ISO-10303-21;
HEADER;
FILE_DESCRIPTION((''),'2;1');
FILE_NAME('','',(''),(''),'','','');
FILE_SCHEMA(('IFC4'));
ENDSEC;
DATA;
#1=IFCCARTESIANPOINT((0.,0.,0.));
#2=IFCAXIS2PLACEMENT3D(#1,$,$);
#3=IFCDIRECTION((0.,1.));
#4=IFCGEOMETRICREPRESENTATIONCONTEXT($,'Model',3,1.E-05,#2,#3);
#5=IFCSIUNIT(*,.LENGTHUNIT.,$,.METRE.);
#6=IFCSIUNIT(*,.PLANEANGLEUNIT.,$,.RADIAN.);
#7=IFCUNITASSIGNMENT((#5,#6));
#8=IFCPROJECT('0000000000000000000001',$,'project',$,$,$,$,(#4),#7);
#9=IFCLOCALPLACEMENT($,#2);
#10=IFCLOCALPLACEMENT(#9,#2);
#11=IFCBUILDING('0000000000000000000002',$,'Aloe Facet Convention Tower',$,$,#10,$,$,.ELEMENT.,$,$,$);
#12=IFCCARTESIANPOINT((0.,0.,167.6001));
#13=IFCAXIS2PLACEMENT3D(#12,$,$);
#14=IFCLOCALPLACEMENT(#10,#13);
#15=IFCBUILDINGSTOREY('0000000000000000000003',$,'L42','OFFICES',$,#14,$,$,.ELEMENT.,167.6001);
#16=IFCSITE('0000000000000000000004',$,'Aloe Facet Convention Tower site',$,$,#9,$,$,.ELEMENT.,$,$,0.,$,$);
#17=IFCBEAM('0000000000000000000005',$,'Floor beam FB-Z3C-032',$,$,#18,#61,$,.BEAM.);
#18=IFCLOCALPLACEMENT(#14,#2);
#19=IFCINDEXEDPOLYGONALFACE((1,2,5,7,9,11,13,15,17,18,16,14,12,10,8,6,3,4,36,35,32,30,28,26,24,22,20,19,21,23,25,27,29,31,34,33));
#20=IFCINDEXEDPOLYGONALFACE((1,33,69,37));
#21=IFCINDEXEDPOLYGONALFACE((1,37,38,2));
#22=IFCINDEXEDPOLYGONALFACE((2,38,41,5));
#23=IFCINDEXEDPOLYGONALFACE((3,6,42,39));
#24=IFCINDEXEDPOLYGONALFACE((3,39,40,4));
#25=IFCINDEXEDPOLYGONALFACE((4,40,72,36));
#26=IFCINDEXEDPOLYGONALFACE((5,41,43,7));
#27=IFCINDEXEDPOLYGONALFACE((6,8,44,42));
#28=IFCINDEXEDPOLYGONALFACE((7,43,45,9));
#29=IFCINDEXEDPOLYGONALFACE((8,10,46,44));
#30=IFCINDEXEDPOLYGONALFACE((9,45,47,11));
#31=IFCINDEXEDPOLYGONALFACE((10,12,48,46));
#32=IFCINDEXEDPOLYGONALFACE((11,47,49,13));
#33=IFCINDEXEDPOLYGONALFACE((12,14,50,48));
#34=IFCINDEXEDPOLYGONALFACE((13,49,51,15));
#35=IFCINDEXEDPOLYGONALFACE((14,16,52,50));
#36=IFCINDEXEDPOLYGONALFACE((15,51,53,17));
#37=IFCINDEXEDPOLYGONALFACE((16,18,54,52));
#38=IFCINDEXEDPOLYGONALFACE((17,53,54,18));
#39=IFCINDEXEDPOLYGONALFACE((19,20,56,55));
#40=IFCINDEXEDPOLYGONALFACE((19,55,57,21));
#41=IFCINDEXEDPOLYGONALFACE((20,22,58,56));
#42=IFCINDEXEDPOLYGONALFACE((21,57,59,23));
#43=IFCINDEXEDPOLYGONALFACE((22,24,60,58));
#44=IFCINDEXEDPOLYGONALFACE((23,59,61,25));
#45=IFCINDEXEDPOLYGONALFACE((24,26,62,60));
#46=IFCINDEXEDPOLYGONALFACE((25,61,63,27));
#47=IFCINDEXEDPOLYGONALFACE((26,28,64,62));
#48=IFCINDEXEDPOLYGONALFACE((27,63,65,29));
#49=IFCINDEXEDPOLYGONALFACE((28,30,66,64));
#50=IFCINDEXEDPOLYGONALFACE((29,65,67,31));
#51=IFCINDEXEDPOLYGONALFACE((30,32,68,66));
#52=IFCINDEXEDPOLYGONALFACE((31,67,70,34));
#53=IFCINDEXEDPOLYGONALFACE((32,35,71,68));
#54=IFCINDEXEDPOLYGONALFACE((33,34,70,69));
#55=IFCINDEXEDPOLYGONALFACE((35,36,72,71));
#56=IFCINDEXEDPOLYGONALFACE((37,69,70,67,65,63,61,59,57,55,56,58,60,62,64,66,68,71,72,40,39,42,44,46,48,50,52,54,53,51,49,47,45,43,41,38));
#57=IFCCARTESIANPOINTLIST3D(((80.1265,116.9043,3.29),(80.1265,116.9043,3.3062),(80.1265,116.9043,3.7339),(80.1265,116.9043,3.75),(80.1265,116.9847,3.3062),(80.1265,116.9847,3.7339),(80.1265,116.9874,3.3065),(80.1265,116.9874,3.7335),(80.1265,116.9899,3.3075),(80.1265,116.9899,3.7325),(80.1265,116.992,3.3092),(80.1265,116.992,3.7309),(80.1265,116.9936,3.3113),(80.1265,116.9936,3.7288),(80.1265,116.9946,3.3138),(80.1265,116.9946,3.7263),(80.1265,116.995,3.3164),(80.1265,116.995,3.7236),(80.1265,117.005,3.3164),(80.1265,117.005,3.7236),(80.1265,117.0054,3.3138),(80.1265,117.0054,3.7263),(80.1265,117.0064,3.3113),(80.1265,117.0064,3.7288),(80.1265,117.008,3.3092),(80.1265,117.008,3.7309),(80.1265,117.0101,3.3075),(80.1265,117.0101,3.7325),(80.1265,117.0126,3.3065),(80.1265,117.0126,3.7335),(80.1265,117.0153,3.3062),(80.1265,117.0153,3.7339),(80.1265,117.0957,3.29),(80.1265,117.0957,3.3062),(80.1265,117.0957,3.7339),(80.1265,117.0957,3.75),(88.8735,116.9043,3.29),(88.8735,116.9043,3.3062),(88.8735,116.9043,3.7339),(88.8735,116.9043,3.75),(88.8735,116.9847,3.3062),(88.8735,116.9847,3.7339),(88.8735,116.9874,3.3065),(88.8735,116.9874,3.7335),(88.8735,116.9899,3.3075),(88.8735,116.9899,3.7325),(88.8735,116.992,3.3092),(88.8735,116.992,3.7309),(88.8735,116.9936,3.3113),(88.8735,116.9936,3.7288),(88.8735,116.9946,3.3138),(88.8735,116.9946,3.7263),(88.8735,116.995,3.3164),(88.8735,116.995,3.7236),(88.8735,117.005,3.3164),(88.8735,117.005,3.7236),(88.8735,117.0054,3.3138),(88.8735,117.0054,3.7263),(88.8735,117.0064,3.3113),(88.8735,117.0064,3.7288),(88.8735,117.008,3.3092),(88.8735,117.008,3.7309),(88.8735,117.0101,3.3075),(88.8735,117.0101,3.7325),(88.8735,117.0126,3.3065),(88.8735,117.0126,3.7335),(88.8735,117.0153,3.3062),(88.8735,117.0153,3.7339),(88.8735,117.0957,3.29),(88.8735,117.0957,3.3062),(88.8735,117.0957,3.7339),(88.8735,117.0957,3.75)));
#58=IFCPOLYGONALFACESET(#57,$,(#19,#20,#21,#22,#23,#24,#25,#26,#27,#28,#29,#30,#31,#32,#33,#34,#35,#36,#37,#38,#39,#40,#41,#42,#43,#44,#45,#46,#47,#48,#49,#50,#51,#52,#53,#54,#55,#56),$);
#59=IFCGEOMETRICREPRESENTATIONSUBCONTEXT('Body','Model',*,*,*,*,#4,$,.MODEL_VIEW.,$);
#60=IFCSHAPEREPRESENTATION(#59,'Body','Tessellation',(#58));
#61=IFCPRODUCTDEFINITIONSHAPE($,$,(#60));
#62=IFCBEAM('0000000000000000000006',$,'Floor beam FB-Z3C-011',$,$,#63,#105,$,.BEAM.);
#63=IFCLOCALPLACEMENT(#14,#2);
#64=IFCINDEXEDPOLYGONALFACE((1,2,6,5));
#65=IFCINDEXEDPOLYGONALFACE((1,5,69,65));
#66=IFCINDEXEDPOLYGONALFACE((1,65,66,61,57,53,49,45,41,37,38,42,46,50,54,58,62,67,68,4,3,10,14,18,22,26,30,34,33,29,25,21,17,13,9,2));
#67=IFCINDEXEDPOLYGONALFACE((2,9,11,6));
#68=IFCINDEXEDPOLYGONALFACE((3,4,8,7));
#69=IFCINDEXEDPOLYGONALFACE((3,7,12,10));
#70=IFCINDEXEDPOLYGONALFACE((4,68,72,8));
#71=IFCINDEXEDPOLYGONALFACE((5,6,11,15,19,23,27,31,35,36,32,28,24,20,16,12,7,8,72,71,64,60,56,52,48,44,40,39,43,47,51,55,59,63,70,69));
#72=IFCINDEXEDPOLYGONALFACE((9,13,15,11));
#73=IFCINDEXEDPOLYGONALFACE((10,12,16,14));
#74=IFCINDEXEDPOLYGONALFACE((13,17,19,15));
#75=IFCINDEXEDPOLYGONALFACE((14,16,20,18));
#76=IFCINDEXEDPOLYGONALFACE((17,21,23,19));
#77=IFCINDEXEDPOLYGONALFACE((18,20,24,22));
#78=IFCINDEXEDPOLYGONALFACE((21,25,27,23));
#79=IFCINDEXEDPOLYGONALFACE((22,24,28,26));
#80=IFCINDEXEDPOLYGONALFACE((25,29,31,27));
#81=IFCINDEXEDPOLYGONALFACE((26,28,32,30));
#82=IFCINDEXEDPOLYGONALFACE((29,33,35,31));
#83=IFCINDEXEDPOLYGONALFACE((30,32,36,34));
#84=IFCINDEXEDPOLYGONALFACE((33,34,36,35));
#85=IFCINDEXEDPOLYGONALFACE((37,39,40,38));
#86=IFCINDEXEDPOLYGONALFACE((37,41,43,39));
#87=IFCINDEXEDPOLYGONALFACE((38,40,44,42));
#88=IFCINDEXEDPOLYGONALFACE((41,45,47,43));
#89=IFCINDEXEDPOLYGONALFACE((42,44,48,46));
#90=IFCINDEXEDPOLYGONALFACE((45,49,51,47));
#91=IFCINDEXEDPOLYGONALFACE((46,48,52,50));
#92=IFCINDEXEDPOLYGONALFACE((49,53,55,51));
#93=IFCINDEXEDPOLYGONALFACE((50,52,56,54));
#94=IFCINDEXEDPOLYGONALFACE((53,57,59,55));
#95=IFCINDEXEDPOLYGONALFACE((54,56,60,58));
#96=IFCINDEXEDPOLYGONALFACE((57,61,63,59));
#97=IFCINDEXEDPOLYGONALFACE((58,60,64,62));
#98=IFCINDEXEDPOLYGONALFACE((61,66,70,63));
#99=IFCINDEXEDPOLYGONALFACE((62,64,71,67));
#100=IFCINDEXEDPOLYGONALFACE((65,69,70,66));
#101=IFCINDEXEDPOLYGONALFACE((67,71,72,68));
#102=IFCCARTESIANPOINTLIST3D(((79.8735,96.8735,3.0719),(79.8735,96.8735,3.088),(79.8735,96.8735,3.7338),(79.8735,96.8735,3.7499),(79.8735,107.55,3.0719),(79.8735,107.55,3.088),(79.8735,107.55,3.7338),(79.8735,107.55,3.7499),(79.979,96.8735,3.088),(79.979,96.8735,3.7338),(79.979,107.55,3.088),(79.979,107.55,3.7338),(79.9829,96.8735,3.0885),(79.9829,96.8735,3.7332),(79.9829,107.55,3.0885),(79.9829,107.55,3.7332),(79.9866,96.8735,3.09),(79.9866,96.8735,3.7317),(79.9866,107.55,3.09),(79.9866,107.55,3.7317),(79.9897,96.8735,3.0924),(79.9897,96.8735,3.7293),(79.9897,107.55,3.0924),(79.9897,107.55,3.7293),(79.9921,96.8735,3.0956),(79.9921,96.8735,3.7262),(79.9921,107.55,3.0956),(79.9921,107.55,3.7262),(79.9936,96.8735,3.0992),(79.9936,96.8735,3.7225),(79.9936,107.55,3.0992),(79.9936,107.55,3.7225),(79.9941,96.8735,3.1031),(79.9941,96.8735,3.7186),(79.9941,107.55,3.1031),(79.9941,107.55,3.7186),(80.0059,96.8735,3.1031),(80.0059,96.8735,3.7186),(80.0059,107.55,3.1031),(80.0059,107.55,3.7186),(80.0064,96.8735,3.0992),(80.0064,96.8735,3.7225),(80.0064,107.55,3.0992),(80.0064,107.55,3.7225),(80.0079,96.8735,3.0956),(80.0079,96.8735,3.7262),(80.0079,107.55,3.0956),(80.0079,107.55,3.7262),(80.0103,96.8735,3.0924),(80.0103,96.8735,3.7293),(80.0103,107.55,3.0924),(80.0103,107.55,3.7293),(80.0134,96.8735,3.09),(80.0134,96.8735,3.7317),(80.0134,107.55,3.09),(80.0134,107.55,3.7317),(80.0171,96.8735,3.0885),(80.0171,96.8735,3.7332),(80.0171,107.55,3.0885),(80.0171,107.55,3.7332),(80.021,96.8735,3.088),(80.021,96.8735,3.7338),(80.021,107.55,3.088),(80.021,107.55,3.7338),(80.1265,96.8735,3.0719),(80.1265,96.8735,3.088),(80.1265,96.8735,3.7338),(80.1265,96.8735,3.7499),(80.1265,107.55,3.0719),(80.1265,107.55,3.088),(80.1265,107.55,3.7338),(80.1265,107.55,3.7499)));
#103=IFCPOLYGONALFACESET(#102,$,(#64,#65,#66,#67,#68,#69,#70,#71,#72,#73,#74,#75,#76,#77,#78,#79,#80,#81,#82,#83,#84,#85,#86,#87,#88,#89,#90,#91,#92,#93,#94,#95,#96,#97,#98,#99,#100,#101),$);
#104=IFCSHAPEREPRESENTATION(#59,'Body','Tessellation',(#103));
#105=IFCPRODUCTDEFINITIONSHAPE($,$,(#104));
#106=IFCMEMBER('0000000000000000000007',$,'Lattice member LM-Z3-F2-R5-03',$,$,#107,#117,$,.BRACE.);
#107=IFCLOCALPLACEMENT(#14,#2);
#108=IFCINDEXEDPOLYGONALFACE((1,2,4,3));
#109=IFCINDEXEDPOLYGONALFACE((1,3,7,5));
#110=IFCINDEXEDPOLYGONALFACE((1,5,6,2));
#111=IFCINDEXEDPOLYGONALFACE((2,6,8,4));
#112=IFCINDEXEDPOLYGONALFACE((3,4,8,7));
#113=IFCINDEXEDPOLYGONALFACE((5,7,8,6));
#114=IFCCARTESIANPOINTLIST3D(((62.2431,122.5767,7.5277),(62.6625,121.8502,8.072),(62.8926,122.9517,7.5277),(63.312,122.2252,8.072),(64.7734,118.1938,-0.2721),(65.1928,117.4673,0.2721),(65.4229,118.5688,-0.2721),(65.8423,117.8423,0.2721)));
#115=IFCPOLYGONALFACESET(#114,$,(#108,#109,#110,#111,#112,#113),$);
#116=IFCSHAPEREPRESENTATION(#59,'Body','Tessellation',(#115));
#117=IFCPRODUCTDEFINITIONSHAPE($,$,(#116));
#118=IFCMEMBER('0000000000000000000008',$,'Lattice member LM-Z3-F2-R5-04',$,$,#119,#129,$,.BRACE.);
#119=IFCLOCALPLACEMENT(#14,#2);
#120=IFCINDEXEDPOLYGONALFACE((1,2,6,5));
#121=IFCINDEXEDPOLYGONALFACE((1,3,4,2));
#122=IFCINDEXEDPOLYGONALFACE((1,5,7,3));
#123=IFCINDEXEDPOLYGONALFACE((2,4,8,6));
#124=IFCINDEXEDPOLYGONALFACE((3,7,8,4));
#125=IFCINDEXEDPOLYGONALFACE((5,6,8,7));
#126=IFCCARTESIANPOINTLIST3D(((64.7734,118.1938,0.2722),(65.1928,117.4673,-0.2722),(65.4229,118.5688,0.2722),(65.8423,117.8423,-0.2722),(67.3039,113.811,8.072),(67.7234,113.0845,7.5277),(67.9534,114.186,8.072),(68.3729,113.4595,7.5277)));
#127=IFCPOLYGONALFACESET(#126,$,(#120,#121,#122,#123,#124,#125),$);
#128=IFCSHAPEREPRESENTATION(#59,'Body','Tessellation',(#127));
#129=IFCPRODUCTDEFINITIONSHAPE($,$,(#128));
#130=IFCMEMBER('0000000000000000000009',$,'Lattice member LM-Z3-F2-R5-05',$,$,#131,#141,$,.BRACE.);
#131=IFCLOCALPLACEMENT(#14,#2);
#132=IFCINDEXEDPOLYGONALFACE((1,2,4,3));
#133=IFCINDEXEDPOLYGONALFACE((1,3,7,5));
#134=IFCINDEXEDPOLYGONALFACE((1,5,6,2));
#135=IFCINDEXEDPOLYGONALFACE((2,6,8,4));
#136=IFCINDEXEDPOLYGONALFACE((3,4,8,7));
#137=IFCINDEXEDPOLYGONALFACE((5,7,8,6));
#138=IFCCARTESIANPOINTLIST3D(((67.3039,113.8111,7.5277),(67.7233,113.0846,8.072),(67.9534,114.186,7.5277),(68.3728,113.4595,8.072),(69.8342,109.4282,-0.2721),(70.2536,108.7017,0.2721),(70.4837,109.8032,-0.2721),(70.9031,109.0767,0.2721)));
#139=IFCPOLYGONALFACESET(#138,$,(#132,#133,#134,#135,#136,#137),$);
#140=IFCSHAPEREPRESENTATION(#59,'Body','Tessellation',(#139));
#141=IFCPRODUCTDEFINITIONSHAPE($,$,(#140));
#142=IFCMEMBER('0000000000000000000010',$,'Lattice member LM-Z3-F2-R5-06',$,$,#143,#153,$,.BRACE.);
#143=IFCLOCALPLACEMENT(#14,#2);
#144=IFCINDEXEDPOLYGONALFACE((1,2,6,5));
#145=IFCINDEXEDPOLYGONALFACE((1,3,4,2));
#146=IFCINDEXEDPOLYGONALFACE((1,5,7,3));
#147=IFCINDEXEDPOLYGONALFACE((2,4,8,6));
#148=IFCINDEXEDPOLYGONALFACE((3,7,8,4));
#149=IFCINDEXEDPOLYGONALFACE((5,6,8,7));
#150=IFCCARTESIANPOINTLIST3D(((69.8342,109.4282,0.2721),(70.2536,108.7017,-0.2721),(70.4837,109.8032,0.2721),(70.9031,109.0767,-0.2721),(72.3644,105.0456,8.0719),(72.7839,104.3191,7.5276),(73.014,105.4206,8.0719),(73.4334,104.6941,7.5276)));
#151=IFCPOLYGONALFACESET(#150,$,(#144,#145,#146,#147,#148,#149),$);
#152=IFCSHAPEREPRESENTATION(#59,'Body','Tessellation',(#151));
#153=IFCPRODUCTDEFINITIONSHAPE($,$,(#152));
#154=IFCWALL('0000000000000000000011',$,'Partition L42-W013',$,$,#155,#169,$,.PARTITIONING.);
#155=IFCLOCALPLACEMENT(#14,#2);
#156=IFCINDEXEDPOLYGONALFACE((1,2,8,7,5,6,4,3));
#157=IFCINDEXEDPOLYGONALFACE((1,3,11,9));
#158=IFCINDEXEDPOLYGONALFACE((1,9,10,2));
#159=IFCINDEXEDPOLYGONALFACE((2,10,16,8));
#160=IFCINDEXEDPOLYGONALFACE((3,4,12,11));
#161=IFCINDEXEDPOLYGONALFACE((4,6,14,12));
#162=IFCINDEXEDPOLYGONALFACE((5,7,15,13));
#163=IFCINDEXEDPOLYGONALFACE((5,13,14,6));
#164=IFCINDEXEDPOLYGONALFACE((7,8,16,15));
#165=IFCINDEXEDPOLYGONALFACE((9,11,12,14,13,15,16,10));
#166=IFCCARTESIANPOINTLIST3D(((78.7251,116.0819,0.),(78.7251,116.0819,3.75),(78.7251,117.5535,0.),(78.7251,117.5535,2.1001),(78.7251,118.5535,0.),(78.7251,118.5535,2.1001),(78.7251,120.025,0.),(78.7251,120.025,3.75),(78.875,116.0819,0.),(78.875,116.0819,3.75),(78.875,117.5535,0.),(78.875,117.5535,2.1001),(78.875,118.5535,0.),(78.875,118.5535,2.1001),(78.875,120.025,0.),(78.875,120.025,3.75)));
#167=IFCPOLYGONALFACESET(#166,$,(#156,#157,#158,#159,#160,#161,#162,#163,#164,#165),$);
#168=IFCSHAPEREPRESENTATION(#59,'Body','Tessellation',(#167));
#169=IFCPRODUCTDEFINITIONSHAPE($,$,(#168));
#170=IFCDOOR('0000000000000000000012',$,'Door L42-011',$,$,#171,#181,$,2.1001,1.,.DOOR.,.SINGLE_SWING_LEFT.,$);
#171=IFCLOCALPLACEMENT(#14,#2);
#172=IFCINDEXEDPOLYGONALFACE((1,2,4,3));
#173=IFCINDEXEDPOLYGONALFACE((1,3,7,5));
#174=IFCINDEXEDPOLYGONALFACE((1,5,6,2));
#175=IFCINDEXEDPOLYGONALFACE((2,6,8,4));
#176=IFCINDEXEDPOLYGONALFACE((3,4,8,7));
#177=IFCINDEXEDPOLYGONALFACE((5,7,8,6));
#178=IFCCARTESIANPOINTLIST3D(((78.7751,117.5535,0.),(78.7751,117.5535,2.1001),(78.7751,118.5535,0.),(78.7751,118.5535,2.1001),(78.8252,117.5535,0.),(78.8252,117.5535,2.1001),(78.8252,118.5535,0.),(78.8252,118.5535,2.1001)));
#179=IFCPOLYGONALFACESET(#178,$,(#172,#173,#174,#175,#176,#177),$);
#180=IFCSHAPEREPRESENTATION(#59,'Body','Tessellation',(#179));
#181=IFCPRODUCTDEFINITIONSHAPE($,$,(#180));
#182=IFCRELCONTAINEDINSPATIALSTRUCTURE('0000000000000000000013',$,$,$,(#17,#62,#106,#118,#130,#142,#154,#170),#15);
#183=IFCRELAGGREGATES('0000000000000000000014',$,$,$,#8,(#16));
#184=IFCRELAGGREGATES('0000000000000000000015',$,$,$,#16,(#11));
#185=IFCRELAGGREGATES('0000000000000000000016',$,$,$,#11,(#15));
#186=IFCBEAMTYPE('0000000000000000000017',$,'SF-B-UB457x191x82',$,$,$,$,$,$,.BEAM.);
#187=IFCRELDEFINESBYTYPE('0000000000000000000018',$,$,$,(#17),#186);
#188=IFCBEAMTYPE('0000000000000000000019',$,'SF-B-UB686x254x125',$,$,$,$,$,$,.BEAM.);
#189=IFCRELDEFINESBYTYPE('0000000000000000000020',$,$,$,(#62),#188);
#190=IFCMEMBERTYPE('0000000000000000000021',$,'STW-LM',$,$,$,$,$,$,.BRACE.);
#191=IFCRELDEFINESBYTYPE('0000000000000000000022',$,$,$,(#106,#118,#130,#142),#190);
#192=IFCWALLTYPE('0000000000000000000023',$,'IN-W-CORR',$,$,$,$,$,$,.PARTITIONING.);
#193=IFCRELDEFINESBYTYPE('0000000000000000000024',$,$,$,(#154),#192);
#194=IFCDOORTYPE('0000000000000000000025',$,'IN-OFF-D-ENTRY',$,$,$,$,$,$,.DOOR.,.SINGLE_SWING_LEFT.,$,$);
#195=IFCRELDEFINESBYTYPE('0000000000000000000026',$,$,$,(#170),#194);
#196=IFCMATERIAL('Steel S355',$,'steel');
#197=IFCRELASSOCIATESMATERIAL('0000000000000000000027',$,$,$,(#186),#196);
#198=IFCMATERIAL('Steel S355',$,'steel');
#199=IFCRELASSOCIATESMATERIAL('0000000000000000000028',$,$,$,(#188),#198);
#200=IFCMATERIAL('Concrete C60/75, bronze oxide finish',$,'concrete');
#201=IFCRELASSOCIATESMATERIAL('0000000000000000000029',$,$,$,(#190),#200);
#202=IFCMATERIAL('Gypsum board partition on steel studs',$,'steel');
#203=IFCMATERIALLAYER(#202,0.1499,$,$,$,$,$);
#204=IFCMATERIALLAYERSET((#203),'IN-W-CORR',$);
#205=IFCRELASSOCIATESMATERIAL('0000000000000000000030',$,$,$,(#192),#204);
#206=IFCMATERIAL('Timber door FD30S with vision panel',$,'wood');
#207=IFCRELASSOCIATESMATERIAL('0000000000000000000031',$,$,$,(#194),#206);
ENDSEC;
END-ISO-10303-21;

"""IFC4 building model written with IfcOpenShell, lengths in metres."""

from ifc_helpers import new_model, si_unit, direction, frame, frame_2d, origin, origin_2d, place, context, subcontext, project, spatial, rectangle, i_section, extrude, material, layer, layer_set, material_profile, profile_set, type_object, element, fill, save


model = new_model("IFC4")

# Units and contexts
model_context = context("Model", 3, precision=1e-05, world=origin(), true_north=direction((0.0, 1.0)))
body_context = subcontext(model_context, "Body", "Model", "MODEL_VIEW")
ifc_project = project(units=[si_unit("LENGTHUNIT", "METRE"), si_unit("PLANEANGLEUNIT", "RADIAN")], contexts=[model_context])

# Site, building, storey
site_placement = place(None, origin())
site = spatial("IfcSite", under=ifc_project, at=site_placement, Name="Aloe Facet Convention Tower site", CompositionType="ELEMENT", RefElevation=0.0)
building_placement = place(site_placement, origin())
building = spatial("IfcBuilding", under=site, at=building_placement, Name="Aloe Facet Convention Tower", CompositionType="ELEMENT")
storey_placement = place(building_placement, frame((0.0, 0.0, 167.6001)))
storey = spatial("IfcBuildingStorey", under=building, at=storey_placement, Name="L42", Description="OFFICES", CompositionType="ELEMENT", Elevation=167.6001)

# Beams
ifc_material_1 = material(Name="Steel S355", Category="steel")
ifc_material_profile_1 = material_profile(ifc_material_1, i_section(OverallWidth=0.1914, OverallDepth=0.46, WebThickness=0.01, FlangeThickness=0.0161, FilletRadius=0.0103, at=origin_2d()), Name="UB 457x191x82")
ifc_profile_set_1 = profile_set([ifc_material_profile_1], Name="Steel S355")
beam_type_1 = type_object("IfcBeamType", Name="SF-B-UB457x191x82", PredefinedType="BEAM", material=ifc_profile_set_1)
for number, where, z_axis, x_axis, name in (
    (1, (80.1265, 117.0, 3.52), (1.0, 0.0, 0.0), (0.0, 1.0, 0.0), "Floor beam FB-Z3C-032"),
):
    element("IfcBeam", number, at=place(storey_placement, frame(where, z_axis=z_axis, x_axis=x_axis)), inside=storey, type_object=beam_type_1, Name=name, PredefinedType="BEAM", context=body_context, shape_type="SweptSolid", body=[
        extrude(i_section(OverallWidth=0.1914, OverallDepth=0.46, WebThickness=0.01, FlangeThickness=0.0161, FilletRadius=0.0103, at=origin_2d()), origin(), (0.0, 0.0, 1.0), 8.7471),
    ])
ifc_material_2 = material(Name="Steel S355", Category="steel")
ifc_material_profile_2 = material_profile(ifc_material_2, i_section(OverallWidth=0.2529, OverallDepth=0.678, WebThickness=0.0117, FlangeThickness=0.0161, FilletRadius=0.0151, at=origin_2d()), Name="UB 686x254x125")
ifc_profile_set_2 = profile_set([ifc_material_profile_2], Name="Steel S355")
beam_type_2 = type_object("IfcBeamType", Name="SF-B-UB686x254x125", PredefinedType="BEAM", material=ifc_profile_set_2)
beam_1_placement = place(storey_placement, frame((80.0, 107.55, 3.4109), z_axis=(0.0, -1.0, 0.0), x_axis=(1.0, 0.0, 0.0)))
element("IfcBeam", 2, at=beam_1_placement, inside=storey, type_object=beam_type_2, Name="Floor beam FB-Z3C-011", PredefinedType="BEAM", context=body_context, shape_type="SweptSolid", body=[
    extrude(i_section(OverallWidth=0.2529, OverallDepth=0.678, WebThickness=0.0117, FlangeThickness=0.0161, FilletRadius=0.0151, at=origin_2d()), origin(), (0.0, 0.0, 1.0), 10.6765),
])

# Members
ifc_material_3 = material(Name="Concrete C60/75, bronze oxide finish", Category="concrete")
ifc_material_profile_3 = material_profile(ifc_material_3, rectangle(XDim=0.75, YDim=1.0, at=origin_2d()), Name="STW-LM")
ifc_profile_set_3 = profile_set([ifc_material_profile_3], Name="Concrete C60/75, bronze oxide finish")
member_type = type_object("IfcMemberType", Name="STW-LM", PredefinedType="BRACE", material=ifc_profile_set_3)
for number, where, z_axis, x_axis, name in (
    (3, (65.3079, 118.0181, 0.0), (-0.272138, 0.471384, 0.838891), (-0.866038, -0.499979, 0.0), "Lattice member LM-Z3-F2-R5-03"),
    (4, (65.3079, 118.0181, 0.0), (0.272162, -0.47138, 0.838885), (0.866017, 0.500015, 0.0), "Lattice member LM-Z3-F2-R5-04"),
    (5, (70.3687, 109.2524, 0.0), (-0.272138, 0.471384, 0.838891), (-0.866038, -0.499979, 0.0), "Lattice member LM-Z3-F2-R5-05"),
):
    element("IfcMember", number, at=place(storey_placement, frame(where, z_axis=z_axis, x_axis=x_axis)), inside=storey, type_object=member_type, Name=name, PredefinedType="BRACE", context=body_context, shape_type="SweptSolid", body=[
        extrude(rectangle(XDim=0.75, YDim=1.0, at=origin_2d()), origin(), (0.0, 0.0, 1.0), 9.2979),
    ])
member_placement = place(storey_placement, frame((70.3687, 109.2524, 0.0), z_axis=(0.272141, -0.471363, 0.838901), x_axis=(0.866026, 0.499999, 0.0)))
element("IfcMember", 6, at=member_placement, inside=storey, type_object=member_type, Name="Lattice member LM-Z3-F2-R5-06", PredefinedType="BRACE", context=body_context, shape_type="SweptSolid", body=[
    extrude(rectangle(XDim=0.75, YDim=1.0, at=origin_2d()), origin(), (0.0, 0.0, 1.0), 9.2976),
])

# Wall, opening, door
ifc_material_4 = material(Name="Gypsum board partition on steel studs", Category="steel")
ifc_layer_1 = layer(ifc_material_4, 0.1499)
ifc_layer_set_1 = layer_set([ifc_layer_1], Name="IN-W-CORR")
wall_type_1 = type_object("IfcWallType", Name="IN-W-CORR", PredefinedType="PARTITIONING", material=ifc_layer_set_1)
wall_1_placement = place(storey_placement, frame((78.8, 116.0818, 0.0), z_axis=(0.0, 0.0, 1.0), x_axis=(0.0, 1.0, 0.0)))
wall_1 = element("IfcWall", 7, at=wall_1_placement, inside=storey, type_object=wall_type_1, Name="Partition L42-W013", PredefinedType="PARTITIONING", context=body_context, shape_type="SweptSolid", body=[
    extrude(rectangle(XDim=3.9431, YDim=0.1499, at=frame_2d((1.9717, 0.0))), origin(), (0.0, 0.0, 1.0), 3.75),
])
opening_1_placement = place(wall_1_placement, frame((1.4717, 0.0, 0.0)))
opening_1 = element("IfcOpeningElement", 8, at=opening_1_placement, cuts=wall_1, PredefinedType="OPENING", context=body_context, shape_type="SweptSolid", body=[
    extrude(rectangle(XDim=1.0, YDim=2.1001, at=frame_2d((0.5, 1.05))), frame((0.0, 0.085, 0.0), z_axis=(0.0, -1.0, 0.0), x_axis=(1.0, 0.0, 0.0)), (0.0, 0.0, 1.0), 0.1699),
])
ifc_material_5 = material(Name="Timber door FD30S with vision panel", Category="wood")
door_type_1 = type_object("IfcDoorType", Name="IN-OFF-D-ENTRY", OperationType="SINGLE_SWING_LEFT", PredefinedType="DOOR", material=ifc_material_5)
door_1_placement = place(opening_1_placement, origin())
door_1 = element("IfcDoor", 9, at=door_1_placement, inside=storey, type_object=door_type_1, Name="Door L42-011", OperationType="SINGLE_SWING_LEFT", OverallHeight=2.1001, OverallWidth=1.0, PredefinedType="DOOR", context=body_context, shape_type="SweptSolid", body=[
    extrude(rectangle(XDim=1.0, YDim=2.1001, at=frame_2d((0.5, 1.05))), frame((0.0, 0.0249, 0.0), z_axis=(0.0, -1.0, 0.0), x_axis=(1.0, 0.0, 0.0)), (0.0, 0.0, 1.0), 0.05),
])
fill(opening_1, door_1)

save(model, "model.ifc")
